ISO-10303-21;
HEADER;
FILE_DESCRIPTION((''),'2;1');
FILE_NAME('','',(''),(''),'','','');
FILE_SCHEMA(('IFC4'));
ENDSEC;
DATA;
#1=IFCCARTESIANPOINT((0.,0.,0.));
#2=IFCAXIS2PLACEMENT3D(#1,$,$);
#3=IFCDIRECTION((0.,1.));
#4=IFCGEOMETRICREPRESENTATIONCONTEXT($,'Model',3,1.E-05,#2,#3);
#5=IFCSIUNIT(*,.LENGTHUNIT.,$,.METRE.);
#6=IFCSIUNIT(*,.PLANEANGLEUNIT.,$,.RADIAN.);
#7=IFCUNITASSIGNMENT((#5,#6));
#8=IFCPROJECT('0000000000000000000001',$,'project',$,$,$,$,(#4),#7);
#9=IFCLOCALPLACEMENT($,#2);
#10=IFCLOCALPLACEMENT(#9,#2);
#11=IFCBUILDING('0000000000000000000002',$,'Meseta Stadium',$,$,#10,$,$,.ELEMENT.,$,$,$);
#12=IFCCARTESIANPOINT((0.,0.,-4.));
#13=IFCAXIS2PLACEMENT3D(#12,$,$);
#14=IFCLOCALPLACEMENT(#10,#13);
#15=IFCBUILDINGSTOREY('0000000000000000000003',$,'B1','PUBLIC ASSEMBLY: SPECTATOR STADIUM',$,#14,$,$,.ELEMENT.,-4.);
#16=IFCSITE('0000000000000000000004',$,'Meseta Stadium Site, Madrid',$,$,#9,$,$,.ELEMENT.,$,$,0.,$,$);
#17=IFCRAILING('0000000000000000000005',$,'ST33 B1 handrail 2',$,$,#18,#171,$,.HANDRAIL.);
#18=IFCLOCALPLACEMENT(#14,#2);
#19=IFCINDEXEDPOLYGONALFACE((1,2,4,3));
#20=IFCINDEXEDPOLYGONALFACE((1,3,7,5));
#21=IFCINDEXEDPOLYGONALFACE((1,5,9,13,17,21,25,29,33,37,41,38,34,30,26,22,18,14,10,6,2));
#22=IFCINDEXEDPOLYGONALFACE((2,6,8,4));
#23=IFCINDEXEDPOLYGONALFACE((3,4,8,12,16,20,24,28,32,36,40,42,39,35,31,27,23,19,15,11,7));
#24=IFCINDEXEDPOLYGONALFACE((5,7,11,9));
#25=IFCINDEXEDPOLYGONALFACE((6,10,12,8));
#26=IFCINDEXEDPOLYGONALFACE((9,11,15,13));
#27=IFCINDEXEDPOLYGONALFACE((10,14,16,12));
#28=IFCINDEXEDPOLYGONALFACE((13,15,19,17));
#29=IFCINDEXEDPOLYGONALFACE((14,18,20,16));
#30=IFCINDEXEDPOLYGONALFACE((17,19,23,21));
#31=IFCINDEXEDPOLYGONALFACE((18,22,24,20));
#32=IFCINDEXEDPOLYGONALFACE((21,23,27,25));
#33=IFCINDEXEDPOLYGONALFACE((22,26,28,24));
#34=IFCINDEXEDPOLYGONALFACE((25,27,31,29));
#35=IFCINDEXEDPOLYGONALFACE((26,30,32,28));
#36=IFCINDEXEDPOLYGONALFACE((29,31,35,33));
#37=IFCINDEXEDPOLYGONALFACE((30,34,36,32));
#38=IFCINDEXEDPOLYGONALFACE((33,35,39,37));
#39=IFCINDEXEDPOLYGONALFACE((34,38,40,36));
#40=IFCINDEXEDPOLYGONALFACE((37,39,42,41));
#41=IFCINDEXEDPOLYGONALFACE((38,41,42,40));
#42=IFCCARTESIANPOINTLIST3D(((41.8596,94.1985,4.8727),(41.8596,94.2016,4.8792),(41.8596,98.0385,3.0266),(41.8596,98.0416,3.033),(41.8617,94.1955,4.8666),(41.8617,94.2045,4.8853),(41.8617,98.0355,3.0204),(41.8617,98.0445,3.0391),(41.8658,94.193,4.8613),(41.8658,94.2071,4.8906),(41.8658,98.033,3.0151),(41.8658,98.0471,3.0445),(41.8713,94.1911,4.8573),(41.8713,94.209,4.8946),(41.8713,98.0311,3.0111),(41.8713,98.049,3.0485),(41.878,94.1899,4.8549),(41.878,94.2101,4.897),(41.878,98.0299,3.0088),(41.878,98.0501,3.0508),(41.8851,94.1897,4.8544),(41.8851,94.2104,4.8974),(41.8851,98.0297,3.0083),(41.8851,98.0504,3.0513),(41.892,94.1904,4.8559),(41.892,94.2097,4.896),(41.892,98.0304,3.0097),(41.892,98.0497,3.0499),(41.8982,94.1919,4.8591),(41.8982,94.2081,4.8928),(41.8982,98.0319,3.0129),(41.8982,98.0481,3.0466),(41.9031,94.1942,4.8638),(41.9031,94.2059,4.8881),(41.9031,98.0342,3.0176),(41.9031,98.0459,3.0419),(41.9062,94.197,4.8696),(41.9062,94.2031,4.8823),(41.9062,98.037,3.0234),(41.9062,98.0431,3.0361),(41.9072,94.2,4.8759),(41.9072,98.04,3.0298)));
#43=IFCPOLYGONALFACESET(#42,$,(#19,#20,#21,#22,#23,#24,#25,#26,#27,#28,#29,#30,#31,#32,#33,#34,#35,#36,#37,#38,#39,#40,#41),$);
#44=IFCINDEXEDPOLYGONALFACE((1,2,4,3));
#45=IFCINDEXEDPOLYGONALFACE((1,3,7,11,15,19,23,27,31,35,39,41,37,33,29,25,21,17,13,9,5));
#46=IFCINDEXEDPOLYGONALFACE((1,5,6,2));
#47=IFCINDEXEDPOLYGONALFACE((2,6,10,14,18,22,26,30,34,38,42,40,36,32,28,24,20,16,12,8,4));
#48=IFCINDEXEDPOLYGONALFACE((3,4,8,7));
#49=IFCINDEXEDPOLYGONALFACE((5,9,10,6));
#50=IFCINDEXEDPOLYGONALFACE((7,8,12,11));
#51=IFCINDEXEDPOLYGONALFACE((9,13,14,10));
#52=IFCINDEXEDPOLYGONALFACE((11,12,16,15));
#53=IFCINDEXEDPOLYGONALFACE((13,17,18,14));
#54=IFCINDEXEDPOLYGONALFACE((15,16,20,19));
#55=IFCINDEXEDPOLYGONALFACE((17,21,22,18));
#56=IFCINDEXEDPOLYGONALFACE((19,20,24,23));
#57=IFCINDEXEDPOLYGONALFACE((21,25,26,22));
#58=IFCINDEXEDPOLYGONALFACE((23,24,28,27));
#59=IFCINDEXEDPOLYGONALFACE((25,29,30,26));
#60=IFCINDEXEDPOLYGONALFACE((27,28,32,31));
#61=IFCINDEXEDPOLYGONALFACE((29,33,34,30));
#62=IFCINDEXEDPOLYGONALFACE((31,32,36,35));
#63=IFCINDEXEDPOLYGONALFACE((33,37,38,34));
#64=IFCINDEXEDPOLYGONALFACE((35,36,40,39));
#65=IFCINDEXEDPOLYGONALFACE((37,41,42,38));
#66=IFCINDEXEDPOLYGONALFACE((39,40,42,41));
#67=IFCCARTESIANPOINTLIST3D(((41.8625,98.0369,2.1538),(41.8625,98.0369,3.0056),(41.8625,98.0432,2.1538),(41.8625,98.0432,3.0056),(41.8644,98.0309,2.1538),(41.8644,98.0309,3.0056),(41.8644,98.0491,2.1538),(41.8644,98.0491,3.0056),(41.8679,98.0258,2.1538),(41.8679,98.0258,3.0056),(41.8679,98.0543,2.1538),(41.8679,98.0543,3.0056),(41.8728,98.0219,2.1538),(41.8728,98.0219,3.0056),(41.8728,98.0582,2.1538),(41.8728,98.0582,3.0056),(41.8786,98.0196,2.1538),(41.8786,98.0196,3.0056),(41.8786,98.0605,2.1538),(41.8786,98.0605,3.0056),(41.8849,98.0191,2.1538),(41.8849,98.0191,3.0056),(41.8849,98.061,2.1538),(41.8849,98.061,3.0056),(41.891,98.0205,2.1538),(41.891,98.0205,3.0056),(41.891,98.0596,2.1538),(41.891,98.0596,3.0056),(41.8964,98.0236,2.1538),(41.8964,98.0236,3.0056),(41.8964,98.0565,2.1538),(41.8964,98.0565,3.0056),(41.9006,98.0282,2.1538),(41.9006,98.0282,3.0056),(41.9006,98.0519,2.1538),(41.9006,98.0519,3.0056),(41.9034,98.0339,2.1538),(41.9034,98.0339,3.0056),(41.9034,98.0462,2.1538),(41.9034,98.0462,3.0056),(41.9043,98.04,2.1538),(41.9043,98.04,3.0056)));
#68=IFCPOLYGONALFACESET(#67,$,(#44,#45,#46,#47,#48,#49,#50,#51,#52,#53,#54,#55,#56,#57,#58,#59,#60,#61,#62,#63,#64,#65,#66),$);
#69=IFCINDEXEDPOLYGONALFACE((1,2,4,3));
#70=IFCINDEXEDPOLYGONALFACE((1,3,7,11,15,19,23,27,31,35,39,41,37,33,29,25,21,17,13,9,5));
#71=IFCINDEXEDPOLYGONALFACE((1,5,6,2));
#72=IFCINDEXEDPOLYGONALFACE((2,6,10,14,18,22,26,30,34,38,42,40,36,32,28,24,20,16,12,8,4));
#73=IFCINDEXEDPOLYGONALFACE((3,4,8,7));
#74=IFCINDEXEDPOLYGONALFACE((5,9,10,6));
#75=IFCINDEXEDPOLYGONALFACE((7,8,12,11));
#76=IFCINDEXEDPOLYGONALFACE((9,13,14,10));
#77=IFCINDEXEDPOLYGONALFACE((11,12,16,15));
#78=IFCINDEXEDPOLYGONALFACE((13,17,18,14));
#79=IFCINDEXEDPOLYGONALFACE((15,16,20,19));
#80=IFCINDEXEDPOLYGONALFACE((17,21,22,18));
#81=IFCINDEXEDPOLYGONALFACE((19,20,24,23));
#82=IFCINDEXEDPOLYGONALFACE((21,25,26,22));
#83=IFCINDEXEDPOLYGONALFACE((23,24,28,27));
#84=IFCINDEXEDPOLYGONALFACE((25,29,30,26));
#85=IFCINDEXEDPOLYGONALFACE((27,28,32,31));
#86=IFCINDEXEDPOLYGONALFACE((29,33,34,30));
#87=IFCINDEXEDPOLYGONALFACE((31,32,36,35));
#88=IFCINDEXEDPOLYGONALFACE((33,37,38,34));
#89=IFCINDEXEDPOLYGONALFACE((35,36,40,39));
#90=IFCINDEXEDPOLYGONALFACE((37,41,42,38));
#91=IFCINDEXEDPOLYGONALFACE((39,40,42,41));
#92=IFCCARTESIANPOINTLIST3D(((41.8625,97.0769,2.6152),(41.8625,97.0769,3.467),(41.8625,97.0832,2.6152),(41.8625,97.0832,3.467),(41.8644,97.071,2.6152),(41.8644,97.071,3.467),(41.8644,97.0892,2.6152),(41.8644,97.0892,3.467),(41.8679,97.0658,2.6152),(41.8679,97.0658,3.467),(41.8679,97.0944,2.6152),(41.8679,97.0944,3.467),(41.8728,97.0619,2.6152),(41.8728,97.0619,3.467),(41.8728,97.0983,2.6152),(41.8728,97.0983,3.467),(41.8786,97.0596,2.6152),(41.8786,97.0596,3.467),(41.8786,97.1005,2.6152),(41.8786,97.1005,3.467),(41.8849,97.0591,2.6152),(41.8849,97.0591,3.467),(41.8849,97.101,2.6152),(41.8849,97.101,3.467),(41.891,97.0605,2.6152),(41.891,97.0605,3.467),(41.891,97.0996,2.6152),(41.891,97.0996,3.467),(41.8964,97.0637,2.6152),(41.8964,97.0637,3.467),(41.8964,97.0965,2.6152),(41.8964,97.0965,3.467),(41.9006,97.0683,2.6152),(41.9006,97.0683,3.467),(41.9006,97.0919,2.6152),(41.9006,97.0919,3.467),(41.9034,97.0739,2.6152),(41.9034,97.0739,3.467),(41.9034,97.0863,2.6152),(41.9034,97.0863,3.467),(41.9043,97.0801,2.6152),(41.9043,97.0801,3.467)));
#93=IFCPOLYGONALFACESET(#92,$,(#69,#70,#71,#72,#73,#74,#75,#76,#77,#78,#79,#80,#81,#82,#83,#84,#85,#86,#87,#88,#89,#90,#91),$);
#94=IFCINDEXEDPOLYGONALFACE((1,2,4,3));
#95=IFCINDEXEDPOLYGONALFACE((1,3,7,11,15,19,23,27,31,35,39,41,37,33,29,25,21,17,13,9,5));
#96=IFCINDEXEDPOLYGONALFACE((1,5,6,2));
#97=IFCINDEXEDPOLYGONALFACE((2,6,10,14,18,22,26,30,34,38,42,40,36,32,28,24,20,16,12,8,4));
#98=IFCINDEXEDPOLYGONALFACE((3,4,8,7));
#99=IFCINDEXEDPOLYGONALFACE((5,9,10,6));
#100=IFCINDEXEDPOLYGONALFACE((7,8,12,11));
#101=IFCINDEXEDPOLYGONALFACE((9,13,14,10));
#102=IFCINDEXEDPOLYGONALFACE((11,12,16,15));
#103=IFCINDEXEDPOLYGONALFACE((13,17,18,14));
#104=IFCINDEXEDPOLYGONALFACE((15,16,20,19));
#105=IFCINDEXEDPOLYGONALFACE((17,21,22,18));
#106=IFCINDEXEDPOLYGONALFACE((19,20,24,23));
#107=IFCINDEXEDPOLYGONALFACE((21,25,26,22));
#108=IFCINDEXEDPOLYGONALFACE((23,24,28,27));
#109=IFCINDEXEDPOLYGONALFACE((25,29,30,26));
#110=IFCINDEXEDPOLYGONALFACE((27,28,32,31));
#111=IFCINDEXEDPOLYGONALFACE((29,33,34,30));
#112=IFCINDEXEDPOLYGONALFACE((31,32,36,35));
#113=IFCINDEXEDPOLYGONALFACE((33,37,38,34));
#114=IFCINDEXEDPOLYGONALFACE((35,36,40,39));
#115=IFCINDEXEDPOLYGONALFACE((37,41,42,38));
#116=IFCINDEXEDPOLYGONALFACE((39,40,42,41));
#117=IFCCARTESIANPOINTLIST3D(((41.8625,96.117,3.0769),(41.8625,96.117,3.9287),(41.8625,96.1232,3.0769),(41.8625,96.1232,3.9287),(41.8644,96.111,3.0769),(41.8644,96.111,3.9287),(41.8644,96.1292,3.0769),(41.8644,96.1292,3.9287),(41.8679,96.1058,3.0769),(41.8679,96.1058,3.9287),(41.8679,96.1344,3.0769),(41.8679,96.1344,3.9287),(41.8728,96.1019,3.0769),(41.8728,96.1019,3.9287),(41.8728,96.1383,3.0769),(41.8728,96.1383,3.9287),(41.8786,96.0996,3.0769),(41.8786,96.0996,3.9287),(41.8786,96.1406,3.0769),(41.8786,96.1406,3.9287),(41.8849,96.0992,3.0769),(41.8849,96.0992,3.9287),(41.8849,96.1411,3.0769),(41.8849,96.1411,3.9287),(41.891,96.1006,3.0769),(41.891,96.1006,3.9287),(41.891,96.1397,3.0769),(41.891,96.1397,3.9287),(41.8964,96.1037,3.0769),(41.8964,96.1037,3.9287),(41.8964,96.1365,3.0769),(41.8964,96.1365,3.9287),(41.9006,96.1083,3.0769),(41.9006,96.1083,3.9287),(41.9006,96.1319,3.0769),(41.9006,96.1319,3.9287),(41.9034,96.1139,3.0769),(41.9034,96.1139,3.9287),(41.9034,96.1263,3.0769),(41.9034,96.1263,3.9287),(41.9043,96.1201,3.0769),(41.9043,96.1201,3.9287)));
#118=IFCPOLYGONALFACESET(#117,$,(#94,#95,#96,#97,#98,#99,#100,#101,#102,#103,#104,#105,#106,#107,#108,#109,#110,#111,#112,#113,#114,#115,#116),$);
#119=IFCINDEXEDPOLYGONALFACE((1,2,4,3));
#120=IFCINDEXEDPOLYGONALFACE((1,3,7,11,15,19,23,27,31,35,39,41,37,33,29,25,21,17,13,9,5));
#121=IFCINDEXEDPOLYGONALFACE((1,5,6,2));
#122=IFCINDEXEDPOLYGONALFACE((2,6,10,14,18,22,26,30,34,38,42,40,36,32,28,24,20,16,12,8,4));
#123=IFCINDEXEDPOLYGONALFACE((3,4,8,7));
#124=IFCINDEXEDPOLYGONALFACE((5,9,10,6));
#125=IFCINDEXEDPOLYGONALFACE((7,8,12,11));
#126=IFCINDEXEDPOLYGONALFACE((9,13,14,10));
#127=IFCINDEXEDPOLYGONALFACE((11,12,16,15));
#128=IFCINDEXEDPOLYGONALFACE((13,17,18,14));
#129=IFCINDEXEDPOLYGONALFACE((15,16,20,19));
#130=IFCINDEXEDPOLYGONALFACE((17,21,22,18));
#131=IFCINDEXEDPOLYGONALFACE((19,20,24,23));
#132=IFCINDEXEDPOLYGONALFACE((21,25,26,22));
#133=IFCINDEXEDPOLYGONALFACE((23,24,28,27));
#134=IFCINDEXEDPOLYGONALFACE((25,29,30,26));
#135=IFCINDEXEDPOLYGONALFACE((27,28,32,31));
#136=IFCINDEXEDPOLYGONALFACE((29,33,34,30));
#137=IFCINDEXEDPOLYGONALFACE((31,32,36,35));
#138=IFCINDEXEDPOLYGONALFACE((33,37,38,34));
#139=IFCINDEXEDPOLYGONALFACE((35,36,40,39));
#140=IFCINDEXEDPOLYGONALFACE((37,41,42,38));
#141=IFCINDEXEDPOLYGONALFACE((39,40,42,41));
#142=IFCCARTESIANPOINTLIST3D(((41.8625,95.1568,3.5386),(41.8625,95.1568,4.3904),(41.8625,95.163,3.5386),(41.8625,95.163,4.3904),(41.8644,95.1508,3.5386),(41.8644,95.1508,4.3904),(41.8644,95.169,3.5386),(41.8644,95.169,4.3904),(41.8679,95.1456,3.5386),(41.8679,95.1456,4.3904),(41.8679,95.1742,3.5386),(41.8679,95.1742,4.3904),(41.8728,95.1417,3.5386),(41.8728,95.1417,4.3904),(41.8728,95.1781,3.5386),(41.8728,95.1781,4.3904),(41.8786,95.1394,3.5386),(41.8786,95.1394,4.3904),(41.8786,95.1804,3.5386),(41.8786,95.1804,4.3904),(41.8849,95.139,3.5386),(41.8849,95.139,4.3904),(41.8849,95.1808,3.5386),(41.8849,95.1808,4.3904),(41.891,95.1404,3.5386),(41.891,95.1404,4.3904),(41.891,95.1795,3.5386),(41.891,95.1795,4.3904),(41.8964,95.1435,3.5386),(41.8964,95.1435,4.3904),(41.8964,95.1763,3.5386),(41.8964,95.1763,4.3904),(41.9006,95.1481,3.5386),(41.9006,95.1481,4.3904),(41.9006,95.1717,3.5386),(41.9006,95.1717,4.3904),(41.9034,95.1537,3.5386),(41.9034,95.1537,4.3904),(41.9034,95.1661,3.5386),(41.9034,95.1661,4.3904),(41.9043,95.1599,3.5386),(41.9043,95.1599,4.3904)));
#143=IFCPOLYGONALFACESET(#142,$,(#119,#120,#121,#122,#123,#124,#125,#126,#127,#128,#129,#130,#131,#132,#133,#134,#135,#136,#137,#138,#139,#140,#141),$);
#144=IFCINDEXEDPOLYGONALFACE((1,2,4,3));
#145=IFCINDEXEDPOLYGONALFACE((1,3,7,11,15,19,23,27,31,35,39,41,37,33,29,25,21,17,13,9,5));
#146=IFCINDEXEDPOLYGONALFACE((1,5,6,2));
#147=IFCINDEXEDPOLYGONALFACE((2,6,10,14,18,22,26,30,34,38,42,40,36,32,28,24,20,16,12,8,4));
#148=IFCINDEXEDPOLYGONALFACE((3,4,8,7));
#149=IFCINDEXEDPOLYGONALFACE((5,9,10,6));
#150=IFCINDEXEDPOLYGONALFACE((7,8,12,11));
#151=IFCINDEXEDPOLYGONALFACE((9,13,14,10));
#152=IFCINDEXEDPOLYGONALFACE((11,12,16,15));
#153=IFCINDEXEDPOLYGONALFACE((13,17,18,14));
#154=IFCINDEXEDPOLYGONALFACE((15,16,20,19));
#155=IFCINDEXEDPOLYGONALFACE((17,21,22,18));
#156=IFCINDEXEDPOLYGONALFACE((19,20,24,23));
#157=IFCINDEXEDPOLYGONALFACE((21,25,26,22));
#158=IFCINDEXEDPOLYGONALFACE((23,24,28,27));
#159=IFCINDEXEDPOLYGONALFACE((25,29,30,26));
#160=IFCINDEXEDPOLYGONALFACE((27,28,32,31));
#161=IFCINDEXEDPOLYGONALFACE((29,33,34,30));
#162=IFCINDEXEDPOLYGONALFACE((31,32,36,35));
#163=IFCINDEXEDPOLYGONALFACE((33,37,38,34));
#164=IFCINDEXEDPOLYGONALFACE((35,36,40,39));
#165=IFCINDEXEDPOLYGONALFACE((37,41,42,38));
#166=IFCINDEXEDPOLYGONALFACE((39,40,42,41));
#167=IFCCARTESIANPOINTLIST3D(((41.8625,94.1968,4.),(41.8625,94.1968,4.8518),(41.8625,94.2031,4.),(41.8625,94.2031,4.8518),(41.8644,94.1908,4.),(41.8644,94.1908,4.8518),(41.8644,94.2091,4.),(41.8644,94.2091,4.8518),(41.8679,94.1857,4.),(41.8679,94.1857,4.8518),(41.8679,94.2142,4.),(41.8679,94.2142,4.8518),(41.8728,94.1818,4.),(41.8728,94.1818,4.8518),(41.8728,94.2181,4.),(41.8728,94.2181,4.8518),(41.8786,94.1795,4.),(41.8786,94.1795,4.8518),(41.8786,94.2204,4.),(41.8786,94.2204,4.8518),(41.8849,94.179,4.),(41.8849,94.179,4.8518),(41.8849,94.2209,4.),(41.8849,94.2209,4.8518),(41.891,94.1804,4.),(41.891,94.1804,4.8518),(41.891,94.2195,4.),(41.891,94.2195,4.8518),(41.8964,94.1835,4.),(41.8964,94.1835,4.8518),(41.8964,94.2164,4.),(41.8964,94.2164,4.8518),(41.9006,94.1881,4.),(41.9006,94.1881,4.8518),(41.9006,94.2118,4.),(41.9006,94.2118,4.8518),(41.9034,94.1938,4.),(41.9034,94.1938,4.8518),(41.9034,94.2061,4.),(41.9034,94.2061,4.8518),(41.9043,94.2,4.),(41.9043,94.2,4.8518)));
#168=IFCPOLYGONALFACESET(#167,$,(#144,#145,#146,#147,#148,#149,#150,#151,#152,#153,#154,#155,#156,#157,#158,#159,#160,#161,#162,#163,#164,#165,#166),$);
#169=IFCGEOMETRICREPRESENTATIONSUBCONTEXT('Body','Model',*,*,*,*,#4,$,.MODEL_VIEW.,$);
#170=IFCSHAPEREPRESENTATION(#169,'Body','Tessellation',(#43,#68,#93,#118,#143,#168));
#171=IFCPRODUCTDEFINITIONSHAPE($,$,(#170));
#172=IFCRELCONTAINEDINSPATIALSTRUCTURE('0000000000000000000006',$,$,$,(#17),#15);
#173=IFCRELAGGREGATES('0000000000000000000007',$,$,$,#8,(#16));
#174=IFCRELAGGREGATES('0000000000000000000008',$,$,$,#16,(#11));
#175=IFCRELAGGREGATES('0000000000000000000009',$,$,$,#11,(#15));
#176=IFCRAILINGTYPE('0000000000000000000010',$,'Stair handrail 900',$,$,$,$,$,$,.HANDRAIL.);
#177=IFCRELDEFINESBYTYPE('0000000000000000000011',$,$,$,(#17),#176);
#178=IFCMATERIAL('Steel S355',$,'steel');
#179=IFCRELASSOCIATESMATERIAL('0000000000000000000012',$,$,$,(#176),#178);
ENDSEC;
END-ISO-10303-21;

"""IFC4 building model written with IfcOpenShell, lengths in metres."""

from ifc_helpers import new_model, si_unit, direction, frame, origin, origin_2d, place, context, subcontext, project, spatial, circle, extrude, material, type_object, element, save


model = new_model("IFC4")

# Units and contexts
model_context = context("Model", 3, precision=1e-05, world=origin(), true_north=direction((0.0, 1.0)))
body_context = subcontext(model_context, "Body", "Model", "MODEL_VIEW")
ifc_project = project(units=[si_unit("LENGTHUNIT", "METRE"), si_unit("PLANEANGLEUNIT", "RADIAN")], contexts=[model_context])

# Site, building, storey
site_placement = place(None, origin())
site = spatial("IfcSite", under=ifc_project, at=site_placement, Name="Meseta Stadium Site, Madrid", CompositionType="ELEMENT", RefElevation=0.0)
building_placement = place(site_placement, origin())
building = spatial("IfcBuilding", under=site, at=building_placement, Name="Meseta Stadium", CompositionType="ELEMENT")
storey_placement = place(building_placement, frame((0.0, 0.0, -4.0)))
storey = spatial("IfcBuildingStorey", under=building, at=storey_placement, Name="B1", Description="PUBLIC ASSEMBLY: SPECTATOR STADIUM", CompositionType="ELEMENT", Elevation=-4.0)

# Railing
ifc_material_1 = material(Name="Steel S355", Category="steel")
railing_type_1 = type_object("IfcRailingType", Name="Stair handrail 900", PredefinedType="HANDRAIL", material=ifc_material_1)
for number, where, name in (
    (1, (41.8833, 98.04, 2.1538), "ST33 B1 handrail 2"),
):
    element("IfcRailing", number, at=place(storey_placement, frame(where)), inside=storey, type_object=railing_type_1, Name=name, PredefinedType="HANDRAIL", context=body_context, shape_type="SweptSolid", body=[
        extrude(circle(Radius=0.0239, at=origin_2d()), frame((0.0, 0.0, 0.876), z_axis=(0.0, -0.901253, 0.433294), x_axis=(1.0, 0.0, 0.0)), (0.0, 0.0, 1.0), 4.2607),
        extrude(circle(Radius=0.021, at=origin_2d()), origin(), (0.0, 0.0, 1.0), 0.8518),
        extrude(circle(Radius=0.021, at=origin_2d()), frame((0.0, -0.96, 0.4614)), (0.0, 0.0, 1.0), 0.8518),
        extrude(circle(Radius=0.021, at=origin_2d()), frame((0.0, -1.9199, 0.9231)), (0.0, 0.0, 1.0), 0.8518),
        extrude(circle(Radius=0.021, at=origin_2d()), frame((0.0, -2.8801, 1.3848)), (0.0, 0.0, 1.0), 0.8518),
        extrude(circle(Radius=0.021, at=origin_2d()), frame((0.0, -3.8401, 1.8462)), (0.0, 0.0, 1.0), 0.8518),
    ])

save(model, "model.ifc")
